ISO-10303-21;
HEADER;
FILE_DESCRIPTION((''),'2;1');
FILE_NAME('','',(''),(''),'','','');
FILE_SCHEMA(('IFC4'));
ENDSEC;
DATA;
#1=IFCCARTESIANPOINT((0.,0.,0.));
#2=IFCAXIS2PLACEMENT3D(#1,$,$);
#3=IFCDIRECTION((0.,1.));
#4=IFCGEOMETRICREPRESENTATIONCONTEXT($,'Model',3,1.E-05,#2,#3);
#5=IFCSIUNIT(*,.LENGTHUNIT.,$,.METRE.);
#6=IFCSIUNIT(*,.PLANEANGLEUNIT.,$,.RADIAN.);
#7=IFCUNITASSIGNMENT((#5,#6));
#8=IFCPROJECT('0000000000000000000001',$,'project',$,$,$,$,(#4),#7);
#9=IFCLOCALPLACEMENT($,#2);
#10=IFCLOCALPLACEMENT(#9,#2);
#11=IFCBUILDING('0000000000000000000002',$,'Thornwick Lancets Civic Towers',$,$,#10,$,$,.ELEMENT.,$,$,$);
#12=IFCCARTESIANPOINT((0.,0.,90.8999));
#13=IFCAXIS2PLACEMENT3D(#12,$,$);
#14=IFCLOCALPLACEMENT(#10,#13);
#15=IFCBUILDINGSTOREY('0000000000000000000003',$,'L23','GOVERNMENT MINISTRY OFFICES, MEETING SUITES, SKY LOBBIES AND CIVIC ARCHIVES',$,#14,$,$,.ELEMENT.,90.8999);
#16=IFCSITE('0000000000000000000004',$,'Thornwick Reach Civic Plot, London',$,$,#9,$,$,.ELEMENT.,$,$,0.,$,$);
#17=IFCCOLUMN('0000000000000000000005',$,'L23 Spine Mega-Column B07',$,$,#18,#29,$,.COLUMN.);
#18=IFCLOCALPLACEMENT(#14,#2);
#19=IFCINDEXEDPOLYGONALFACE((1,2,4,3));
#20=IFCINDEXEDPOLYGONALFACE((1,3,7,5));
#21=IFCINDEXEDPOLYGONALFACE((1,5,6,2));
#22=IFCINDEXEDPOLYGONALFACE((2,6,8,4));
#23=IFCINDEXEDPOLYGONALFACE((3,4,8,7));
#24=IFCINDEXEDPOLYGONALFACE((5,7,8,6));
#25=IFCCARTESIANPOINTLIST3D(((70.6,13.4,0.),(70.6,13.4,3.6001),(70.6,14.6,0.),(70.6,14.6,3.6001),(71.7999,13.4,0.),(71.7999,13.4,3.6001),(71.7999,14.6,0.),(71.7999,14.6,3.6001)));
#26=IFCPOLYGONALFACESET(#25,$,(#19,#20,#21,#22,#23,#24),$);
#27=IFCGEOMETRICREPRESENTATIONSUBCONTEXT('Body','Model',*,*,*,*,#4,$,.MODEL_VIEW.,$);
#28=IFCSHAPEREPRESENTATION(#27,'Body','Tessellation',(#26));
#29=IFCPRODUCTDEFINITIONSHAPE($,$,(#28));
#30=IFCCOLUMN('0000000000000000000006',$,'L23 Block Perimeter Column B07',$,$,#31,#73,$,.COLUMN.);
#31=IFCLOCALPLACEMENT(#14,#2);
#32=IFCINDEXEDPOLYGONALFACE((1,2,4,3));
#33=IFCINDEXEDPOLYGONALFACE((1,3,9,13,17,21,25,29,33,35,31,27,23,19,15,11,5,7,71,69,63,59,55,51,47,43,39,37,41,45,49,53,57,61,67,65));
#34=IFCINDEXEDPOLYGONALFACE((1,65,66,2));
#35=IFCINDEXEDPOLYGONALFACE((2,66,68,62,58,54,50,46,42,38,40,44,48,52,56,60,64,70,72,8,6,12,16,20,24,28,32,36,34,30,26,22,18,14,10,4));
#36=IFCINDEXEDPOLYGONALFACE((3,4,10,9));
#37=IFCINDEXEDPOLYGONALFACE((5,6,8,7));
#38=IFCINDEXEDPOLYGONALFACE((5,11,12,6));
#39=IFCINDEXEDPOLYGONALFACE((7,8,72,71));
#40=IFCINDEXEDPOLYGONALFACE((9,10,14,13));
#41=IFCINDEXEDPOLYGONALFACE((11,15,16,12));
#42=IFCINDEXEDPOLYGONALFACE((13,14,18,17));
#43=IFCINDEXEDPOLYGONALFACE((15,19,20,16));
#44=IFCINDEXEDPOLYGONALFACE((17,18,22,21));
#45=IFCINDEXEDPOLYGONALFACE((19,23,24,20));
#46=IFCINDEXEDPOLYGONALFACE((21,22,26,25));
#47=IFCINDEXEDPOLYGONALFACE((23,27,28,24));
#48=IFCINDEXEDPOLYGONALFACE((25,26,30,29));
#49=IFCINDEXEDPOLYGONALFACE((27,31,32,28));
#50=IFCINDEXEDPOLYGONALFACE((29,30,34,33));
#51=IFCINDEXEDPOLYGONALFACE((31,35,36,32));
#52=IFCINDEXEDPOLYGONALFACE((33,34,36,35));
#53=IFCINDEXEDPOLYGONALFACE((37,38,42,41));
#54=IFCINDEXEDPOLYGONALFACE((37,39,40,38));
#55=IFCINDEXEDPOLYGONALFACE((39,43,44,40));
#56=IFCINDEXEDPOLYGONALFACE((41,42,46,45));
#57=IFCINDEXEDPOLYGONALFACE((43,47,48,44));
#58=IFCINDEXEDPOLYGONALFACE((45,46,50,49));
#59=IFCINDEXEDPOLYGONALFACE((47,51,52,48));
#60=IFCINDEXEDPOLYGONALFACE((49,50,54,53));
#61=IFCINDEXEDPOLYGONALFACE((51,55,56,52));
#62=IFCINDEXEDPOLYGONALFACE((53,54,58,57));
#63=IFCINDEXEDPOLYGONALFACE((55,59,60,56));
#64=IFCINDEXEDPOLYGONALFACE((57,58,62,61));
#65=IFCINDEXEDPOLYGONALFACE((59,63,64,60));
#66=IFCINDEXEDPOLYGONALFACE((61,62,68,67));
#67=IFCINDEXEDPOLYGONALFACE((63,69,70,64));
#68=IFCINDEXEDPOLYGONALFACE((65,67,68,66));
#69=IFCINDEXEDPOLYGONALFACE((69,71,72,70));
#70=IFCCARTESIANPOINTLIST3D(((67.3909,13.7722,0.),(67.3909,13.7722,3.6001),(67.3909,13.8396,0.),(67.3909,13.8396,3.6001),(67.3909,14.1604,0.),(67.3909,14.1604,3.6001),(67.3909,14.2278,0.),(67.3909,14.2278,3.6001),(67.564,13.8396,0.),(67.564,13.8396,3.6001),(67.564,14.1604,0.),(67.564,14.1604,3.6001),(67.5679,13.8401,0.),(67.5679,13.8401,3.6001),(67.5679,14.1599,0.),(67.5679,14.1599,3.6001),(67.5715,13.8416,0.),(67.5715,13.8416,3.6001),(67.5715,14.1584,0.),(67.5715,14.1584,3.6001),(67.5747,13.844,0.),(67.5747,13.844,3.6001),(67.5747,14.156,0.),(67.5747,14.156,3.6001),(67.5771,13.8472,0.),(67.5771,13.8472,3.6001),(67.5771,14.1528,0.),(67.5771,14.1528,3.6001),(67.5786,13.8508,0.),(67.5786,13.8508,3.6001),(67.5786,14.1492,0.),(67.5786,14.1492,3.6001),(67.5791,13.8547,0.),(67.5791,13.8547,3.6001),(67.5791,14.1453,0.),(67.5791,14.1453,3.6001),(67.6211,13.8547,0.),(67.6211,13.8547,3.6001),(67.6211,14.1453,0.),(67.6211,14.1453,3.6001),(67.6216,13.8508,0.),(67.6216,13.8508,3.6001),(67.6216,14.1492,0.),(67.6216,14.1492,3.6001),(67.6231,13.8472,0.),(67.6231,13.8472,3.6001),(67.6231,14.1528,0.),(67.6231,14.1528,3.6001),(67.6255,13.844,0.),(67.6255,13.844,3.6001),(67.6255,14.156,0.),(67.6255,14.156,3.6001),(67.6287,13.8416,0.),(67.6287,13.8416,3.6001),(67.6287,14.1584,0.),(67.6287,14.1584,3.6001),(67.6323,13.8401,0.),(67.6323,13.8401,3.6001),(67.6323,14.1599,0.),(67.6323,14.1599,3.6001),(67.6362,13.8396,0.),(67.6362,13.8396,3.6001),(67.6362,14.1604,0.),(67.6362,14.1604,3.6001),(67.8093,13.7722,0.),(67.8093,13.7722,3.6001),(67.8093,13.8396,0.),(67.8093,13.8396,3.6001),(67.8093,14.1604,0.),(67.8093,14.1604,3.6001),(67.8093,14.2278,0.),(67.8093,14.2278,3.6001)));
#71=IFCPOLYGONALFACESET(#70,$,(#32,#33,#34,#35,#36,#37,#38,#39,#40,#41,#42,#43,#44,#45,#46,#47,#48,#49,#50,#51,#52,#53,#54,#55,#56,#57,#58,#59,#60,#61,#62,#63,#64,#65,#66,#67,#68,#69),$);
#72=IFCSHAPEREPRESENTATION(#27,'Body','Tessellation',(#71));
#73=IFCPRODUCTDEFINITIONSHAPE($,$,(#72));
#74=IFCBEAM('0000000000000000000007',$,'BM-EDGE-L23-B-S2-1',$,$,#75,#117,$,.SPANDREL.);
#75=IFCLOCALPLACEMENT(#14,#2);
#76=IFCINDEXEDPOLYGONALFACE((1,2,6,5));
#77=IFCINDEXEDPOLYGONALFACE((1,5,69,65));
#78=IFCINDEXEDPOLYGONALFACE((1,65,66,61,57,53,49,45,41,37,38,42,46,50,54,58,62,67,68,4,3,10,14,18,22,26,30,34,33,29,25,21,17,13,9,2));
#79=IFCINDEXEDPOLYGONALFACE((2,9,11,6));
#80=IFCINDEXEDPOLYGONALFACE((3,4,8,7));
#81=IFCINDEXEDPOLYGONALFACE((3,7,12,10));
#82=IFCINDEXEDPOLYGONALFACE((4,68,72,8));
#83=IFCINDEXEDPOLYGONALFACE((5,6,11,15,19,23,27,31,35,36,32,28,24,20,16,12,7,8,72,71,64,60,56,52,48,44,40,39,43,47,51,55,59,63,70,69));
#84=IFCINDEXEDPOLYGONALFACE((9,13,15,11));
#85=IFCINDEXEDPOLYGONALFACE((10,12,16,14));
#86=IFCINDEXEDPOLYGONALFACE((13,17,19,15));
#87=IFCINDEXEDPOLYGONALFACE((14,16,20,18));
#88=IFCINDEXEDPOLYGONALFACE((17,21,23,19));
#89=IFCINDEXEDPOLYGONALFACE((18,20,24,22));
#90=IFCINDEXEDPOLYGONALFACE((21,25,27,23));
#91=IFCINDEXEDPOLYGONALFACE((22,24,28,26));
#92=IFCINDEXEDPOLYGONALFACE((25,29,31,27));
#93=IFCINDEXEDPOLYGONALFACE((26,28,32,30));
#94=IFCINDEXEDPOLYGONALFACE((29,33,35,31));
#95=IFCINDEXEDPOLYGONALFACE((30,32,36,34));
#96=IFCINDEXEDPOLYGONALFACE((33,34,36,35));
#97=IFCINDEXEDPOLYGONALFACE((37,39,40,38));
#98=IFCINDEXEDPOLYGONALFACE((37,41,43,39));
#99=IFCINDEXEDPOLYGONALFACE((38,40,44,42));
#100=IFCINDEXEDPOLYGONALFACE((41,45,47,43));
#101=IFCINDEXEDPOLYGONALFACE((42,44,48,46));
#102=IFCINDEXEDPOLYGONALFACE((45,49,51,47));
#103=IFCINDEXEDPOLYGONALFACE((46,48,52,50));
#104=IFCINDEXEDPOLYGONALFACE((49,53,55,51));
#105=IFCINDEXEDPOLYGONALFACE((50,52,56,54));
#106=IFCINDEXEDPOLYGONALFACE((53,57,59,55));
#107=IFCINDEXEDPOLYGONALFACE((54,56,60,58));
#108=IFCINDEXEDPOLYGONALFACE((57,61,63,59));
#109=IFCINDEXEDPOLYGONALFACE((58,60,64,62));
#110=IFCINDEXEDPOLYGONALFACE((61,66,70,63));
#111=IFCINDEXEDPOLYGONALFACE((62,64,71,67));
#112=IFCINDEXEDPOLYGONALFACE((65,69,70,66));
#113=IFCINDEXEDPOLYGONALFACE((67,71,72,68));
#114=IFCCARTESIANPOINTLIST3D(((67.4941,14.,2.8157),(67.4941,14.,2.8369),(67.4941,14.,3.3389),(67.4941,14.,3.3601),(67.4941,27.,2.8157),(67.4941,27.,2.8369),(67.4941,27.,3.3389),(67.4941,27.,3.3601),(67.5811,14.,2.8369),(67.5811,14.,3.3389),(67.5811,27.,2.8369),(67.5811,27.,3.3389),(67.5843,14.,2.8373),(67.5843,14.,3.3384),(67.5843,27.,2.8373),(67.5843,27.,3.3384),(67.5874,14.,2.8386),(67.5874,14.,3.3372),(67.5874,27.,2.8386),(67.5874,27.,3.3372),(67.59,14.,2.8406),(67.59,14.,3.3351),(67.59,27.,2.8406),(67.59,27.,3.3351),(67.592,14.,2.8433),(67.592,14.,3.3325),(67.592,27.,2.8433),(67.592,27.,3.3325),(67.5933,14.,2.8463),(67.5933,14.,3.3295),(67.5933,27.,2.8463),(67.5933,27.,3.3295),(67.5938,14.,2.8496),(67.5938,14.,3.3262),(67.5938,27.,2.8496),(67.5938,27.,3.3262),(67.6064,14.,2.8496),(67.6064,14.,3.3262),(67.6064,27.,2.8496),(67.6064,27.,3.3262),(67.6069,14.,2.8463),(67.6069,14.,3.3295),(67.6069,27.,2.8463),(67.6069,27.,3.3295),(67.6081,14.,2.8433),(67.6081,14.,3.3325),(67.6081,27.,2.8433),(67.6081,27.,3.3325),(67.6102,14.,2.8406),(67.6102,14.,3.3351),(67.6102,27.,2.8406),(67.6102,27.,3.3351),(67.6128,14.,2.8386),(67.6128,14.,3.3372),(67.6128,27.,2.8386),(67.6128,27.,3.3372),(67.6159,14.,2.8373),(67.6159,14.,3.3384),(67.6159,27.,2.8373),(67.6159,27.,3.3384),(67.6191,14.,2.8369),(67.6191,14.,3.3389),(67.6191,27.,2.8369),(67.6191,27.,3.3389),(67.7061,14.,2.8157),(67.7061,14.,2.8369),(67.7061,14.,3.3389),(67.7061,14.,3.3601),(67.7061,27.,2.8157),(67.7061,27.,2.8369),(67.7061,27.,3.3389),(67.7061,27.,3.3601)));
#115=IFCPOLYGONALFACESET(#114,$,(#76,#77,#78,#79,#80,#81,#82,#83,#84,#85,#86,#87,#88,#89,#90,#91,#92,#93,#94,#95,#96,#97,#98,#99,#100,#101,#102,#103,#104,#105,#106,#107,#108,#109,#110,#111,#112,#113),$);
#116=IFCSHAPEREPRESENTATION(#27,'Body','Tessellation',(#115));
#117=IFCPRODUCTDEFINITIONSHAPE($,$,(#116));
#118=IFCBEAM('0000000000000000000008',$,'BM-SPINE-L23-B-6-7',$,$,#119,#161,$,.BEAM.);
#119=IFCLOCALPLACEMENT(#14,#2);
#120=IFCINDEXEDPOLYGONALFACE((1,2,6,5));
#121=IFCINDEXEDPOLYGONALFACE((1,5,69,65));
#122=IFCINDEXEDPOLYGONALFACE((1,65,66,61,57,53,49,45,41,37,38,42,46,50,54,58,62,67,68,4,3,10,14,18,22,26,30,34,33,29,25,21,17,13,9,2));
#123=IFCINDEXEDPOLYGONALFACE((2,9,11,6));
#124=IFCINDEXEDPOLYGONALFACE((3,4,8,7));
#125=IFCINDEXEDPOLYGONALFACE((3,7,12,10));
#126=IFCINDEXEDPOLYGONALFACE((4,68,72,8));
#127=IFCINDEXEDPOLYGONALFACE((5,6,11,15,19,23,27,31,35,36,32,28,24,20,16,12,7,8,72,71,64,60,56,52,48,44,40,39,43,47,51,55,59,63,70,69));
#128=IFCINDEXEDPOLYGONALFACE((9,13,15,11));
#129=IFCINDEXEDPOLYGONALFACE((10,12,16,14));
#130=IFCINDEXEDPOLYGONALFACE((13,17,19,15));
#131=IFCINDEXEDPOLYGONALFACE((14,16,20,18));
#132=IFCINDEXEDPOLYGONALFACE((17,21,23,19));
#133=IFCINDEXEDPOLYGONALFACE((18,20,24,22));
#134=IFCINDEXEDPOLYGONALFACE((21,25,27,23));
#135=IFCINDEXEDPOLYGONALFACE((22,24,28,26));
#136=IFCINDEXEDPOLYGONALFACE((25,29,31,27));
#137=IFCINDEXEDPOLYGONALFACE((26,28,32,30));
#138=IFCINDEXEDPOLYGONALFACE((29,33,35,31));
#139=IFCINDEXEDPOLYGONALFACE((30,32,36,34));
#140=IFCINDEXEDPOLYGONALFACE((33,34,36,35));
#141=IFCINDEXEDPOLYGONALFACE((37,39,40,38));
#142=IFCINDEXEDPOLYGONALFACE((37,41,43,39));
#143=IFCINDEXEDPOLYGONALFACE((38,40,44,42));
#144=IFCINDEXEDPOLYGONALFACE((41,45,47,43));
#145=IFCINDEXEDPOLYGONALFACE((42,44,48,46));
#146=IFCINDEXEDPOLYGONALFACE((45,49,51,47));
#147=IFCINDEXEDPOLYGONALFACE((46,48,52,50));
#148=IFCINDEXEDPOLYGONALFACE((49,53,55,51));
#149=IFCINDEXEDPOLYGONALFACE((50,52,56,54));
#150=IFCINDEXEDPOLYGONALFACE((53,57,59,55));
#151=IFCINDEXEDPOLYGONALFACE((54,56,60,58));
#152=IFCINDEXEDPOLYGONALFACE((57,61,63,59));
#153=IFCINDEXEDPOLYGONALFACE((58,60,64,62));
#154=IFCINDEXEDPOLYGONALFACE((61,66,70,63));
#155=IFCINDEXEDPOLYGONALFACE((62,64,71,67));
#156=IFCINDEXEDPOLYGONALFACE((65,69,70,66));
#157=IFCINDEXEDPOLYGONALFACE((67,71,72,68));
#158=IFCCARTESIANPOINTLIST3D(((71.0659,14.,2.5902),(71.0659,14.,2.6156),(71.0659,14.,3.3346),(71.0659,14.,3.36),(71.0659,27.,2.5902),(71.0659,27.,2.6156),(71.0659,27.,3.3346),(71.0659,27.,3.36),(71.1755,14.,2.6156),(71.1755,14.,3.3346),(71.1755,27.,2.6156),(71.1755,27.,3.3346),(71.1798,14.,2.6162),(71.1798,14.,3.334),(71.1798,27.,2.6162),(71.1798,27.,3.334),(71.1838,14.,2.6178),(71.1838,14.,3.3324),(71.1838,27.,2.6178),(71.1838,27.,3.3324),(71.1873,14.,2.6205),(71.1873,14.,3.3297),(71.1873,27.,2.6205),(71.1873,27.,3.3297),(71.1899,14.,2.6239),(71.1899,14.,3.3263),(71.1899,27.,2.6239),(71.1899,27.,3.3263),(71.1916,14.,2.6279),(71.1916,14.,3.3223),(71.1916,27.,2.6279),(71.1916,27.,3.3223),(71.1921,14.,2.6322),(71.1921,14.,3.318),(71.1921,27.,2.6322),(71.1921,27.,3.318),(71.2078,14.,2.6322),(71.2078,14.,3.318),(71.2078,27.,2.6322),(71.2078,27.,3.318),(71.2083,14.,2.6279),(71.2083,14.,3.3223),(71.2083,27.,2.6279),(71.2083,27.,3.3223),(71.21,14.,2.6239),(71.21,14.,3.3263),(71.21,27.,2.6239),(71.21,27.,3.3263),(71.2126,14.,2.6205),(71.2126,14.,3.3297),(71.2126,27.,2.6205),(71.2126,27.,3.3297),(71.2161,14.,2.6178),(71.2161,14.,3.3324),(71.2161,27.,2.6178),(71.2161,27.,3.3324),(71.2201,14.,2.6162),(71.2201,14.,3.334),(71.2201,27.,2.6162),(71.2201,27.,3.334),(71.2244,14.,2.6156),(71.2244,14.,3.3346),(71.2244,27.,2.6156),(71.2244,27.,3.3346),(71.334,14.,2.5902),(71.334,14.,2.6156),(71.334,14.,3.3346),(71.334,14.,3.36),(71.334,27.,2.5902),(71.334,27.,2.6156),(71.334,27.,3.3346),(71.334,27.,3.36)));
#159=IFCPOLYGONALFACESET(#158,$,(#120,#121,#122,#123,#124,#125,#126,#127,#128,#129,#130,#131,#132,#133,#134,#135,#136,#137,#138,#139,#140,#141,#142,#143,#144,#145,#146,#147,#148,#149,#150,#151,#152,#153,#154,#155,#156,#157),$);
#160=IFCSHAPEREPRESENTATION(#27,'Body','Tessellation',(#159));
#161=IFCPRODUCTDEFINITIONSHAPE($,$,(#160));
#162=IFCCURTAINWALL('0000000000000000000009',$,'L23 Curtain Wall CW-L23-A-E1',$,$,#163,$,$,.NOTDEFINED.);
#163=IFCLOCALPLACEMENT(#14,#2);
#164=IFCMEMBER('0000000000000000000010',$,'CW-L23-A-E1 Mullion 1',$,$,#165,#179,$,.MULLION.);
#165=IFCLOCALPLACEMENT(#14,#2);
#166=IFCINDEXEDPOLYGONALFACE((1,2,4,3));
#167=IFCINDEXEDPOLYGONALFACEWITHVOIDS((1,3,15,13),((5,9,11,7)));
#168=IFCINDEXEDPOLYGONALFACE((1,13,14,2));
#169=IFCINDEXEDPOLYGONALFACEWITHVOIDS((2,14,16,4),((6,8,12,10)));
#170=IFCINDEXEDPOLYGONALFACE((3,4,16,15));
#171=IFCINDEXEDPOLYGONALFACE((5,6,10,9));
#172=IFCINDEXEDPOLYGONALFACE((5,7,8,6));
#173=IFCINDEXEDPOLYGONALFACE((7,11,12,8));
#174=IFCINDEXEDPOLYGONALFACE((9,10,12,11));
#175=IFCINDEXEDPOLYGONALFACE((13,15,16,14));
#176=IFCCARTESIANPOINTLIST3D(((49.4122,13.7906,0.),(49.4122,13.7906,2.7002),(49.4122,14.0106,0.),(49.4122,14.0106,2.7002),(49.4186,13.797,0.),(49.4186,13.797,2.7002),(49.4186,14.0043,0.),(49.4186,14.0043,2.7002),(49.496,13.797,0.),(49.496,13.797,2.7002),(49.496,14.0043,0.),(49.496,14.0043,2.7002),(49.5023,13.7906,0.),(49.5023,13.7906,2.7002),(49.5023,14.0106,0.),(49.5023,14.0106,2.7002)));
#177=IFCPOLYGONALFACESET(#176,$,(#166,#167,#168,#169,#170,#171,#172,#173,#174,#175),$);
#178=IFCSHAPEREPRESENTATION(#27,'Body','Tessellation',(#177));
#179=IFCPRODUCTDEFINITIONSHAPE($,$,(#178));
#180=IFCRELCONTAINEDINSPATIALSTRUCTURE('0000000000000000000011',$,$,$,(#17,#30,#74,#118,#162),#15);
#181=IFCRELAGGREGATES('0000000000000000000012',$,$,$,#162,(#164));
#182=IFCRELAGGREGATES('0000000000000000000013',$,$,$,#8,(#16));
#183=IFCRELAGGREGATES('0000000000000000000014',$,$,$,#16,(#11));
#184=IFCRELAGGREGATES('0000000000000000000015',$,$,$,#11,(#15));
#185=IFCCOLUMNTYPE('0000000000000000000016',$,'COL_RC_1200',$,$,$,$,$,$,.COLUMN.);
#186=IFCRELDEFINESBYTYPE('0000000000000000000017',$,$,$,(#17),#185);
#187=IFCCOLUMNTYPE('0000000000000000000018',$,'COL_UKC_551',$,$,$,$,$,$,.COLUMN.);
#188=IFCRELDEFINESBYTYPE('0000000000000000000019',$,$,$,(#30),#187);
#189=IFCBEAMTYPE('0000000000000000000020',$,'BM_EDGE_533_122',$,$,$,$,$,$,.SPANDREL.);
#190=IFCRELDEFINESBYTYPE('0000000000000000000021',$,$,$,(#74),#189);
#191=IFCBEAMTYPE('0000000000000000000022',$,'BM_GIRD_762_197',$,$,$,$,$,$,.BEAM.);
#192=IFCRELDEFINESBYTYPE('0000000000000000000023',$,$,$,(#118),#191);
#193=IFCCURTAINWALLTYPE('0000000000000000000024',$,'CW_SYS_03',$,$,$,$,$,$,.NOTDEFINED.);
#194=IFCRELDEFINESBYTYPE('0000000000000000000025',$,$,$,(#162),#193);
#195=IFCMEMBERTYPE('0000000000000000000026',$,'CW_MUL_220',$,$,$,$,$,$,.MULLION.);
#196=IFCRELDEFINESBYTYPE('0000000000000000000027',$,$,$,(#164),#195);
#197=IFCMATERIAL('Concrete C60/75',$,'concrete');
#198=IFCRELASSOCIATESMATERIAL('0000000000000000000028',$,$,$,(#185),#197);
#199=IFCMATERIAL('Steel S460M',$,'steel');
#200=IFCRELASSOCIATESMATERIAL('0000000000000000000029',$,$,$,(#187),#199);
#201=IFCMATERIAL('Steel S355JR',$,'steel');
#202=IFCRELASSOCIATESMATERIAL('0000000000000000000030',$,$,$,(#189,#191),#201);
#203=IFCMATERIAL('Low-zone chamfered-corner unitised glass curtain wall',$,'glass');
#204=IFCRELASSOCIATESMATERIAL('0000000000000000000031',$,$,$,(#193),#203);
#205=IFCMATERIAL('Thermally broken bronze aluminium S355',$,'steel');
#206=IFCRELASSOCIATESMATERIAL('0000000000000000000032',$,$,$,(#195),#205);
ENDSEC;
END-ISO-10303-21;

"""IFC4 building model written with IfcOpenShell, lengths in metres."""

from ifc_helpers import new_model, si_unit, direction, frame, origin, origin_2d, place, context, subcontext, project, spatial, rectangle, hollow_rectangle, i_section, extrude, material, material_profile, profile_set, type_object, element, aggregate, save


model = new_model("IFC4")

# Units and contexts
model_context = context("Model", 3, precision=1e-05, world=origin(), true_north=direction((0.0, 1.0)))
body_context = subcontext(model_context, "Body", "Model", "MODEL_VIEW")
ifc_project = project(units=[si_unit("LENGTHUNIT", "METRE"), si_unit("PLANEANGLEUNIT", "RADIAN")], contexts=[model_context])

# Site, building, storey
site_placement = place(None, origin())
site = spatial("IfcSite", under=ifc_project, at=site_placement, Name="Thornwick Reach Civic Plot, London", CompositionType="ELEMENT", RefElevation=0.0)
building_placement = place(site_placement, origin())
building = spatial("IfcBuilding", under=site, at=building_placement, Name="Thornwick Lancets Civic Towers", CompositionType="ELEMENT")
storey_placement = place(building_placement, frame((0.0, 0.0, 90.8999)))
storey = spatial("IfcBuildingStorey", under=building, at=storey_placement, Name="L23", Description="GOVERNMENT MINISTRY OFFICES, MEETING SUITES, SKY LOBBIES AND CIVIC ARCHIVES", CompositionType="ELEMENT", Elevation=90.8999)

# Columns
ifc_material_1 = material(Name="Concrete C60/75", Category="concrete")
ifc_material_profile_1 = material_profile(ifc_material_1, rectangle(XDim=1.2, YDim=1.2, at=origin_2d()), Name="RC 1200x1200")
ifc_profile_set_1 = profile_set([ifc_material_profile_1], Name="Concrete C60/75")
column_type_1 = type_object("IfcColumnType", Name="COL_RC_1200", PredefinedType="COLUMN", material=ifc_profile_set_1)
column_1_placement = place(storey_placement, frame((71.2, 14.0, 0.0), z_axis=(0.0, 0.0, 1.0), x_axis=(1.0, 0.0, 0.0)))
element("IfcColumn", 1, at=column_1_placement, inside=storey, type_object=column_type_1, Name="L23 Spine Mega-Column B07", PredefinedType="COLUMN", context=body_context, shape_type="SweptSolid", body=[
    extrude(rectangle(XDim=1.2, YDim=1.2, at=origin_2d()), origin(), (0.0, 0.0, 1.0), 3.6001),
])
ifc_material_2 = material(Name="Steel S460M", Category="steel")
ifc_material_profile_2 = material_profile(ifc_material_2, i_section(OverallWidth=0.4185, OverallDepth=0.4556, WebThickness=0.042, FlangeThickness=0.0674, FilletRadius=0.0151, at=origin_2d()), Name="UKC 356x406x551")
ifc_profile_set_2 = profile_set([ifc_material_profile_2], Name="Steel S460M")
column_type_2 = type_object("IfcColumnType", Name="COL_UKC_551", PredefinedType="COLUMN", material=ifc_profile_set_2)
column_2_placement = place(storey_placement, frame((67.6001, 14.0, 0.0), z_axis=(0.0, 0.0, 1.0), x_axis=(1.0, 0.0, 0.0)))
element("IfcColumn", 2, at=column_2_placement, inside=storey, type_object=column_type_2, Name="L23 Block Perimeter Column B07", PredefinedType="COLUMN", context=body_context, shape_type="SweptSolid", body=[
    extrude(i_section(OverallWidth=0.4185, OverallDepth=0.4556, WebThickness=0.042, FlangeThickness=0.0674, FilletRadius=0.0151, at=origin_2d()), origin(), (0.0, 0.0, 1.0), 3.6001),
])

# Beams
ifc_material_3 = material(Name="Steel S355JR", Category="steel")
ifc_material_profile_3 = material_profile(ifc_material_3, i_section(OverallWidth=0.2119, OverallDepth=0.5444, WebThickness=0.0127, FlangeThickness=0.0212, FilletRadius=0.0127, at=origin_2d()), Name="UKB 533x210x122")
ifc_profile_set_3 = profile_set([ifc_material_profile_3], Name="Steel S355JR")
beam_type_1 = type_object("IfcBeamType", Name="BM_EDGE_533_122", PredefinedType="SPANDREL", material=ifc_profile_set_3)
beam_1_placement = place(storey_placement, frame((67.6001, 14.0, 3.0879), z_axis=(0.0, 1.0, 0.0), x_axis=(-1.0, 0.0, 0.0)))
element("IfcBeam", 3, at=beam_1_placement, inside=storey, type_object=beam_type_1, Name="BM-EDGE-L23-B-S2-1", PredefinedType="SPANDREL", context=body_context, shape_type="SweptSolid", body=[
    extrude(i_section(OverallWidth=0.2119, OverallDepth=0.5444, WebThickness=0.0127, FlangeThickness=0.0212, FilletRadius=0.0127, at=origin_2d()), origin(), (0.0, 0.0, 1.0), 13.0),
])
ifc_material_profile_4 = material_profile(ifc_material_3, i_section(OverallWidth=0.2681, OverallDepth=0.7698, WebThickness=0.0156, FlangeThickness=0.0254, FilletRadius=0.0166, at=origin_2d()), Name="UKB 762x267x197")
ifc_profile_set_4 = profile_set([ifc_material_profile_4], Name="Steel S355JR")
beam_type_2 = type_object("IfcBeamType", Name="BM_GIRD_762_197", PredefinedType="BEAM", material=ifc_profile_set_4)
beam_2_placement = place(storey_placement, frame((71.2, 14.0, 2.9751), z_axis=(0.0, 1.0, 0.0), x_axis=(-1.0, 0.0, 0.0)))
element("IfcBeam", 4, at=beam_2_placement, inside=storey, type_object=beam_type_2, Name="BM-SPINE-L23-B-6-7", PredefinedType="BEAM", context=body_context, shape_type="SweptSolid", body=[
    extrude(i_section(OverallWidth=0.2681, OverallDepth=0.7698, WebThickness=0.0156, FlangeThickness=0.0254, FilletRadius=0.0166, at=origin_2d()), origin(), (0.0, 0.0, 1.0), 13.0),
])

# Curtain wall, member
ifc_material_4 = material(Name="Low-zone chamfered-corner unitised glass curtain wall", Category="glass")
curtain_wall_type = type_object("IfcCurtainWallType", Name="CW_SYS_03", PredefinedType="NOTDEFINED", material=ifc_material_4)
curtain_wall_1_placement = place(storey_placement, origin())
curtain_wall_1 = element("IfcCurtainWall", 5, at=curtain_wall_1_placement, inside=storey, type_object=curtain_wall_type, Name="L23 Curtain Wall CW-L23-A-E1", PredefinedType="NOTDEFINED")
ifc_material_5 = material(Name="Thermally broken bronze aluminium S355", Category="steel")
ifc_material_profile_5 = material_profile(ifc_material_5, hollow_rectangle(XDim=0.0901, YDim=0.22, WallThickness=0.0063, at=origin_2d()), Name="RHS 220x90x6.3")
ifc_profile_set_5 = profile_set([ifc_material_profile_5], Name="Thermally broken bronze aluminium S355")
member_type_1 = type_object("IfcMemberType", Name="CW_MUL_220", PredefinedType="MULLION", material=ifc_profile_set_5)
member_1_placement = place(storey_placement, frame((49.4573, 13.9006, 0.0), z_axis=(0.0, 0.0, 1.0), x_axis=(1.0, 0.0, 0.0)))
member_1 = element("IfcMember", 6, at=member_1_placement, type_object=member_type_1, Name="CW-L23-A-E1 Mullion 1", PredefinedType="MULLION", context=body_context, shape_type="SweptSolid", body=[
    extrude(hollow_rectangle(XDim=0.0901, YDim=0.22, WallThickness=0.0063, at=origin_2d()), origin(), (0.0, 0.0, 1.0), 2.7002),
])
aggregate(curtain_wall_1, [member_1])

save(model, "model.ifc")
